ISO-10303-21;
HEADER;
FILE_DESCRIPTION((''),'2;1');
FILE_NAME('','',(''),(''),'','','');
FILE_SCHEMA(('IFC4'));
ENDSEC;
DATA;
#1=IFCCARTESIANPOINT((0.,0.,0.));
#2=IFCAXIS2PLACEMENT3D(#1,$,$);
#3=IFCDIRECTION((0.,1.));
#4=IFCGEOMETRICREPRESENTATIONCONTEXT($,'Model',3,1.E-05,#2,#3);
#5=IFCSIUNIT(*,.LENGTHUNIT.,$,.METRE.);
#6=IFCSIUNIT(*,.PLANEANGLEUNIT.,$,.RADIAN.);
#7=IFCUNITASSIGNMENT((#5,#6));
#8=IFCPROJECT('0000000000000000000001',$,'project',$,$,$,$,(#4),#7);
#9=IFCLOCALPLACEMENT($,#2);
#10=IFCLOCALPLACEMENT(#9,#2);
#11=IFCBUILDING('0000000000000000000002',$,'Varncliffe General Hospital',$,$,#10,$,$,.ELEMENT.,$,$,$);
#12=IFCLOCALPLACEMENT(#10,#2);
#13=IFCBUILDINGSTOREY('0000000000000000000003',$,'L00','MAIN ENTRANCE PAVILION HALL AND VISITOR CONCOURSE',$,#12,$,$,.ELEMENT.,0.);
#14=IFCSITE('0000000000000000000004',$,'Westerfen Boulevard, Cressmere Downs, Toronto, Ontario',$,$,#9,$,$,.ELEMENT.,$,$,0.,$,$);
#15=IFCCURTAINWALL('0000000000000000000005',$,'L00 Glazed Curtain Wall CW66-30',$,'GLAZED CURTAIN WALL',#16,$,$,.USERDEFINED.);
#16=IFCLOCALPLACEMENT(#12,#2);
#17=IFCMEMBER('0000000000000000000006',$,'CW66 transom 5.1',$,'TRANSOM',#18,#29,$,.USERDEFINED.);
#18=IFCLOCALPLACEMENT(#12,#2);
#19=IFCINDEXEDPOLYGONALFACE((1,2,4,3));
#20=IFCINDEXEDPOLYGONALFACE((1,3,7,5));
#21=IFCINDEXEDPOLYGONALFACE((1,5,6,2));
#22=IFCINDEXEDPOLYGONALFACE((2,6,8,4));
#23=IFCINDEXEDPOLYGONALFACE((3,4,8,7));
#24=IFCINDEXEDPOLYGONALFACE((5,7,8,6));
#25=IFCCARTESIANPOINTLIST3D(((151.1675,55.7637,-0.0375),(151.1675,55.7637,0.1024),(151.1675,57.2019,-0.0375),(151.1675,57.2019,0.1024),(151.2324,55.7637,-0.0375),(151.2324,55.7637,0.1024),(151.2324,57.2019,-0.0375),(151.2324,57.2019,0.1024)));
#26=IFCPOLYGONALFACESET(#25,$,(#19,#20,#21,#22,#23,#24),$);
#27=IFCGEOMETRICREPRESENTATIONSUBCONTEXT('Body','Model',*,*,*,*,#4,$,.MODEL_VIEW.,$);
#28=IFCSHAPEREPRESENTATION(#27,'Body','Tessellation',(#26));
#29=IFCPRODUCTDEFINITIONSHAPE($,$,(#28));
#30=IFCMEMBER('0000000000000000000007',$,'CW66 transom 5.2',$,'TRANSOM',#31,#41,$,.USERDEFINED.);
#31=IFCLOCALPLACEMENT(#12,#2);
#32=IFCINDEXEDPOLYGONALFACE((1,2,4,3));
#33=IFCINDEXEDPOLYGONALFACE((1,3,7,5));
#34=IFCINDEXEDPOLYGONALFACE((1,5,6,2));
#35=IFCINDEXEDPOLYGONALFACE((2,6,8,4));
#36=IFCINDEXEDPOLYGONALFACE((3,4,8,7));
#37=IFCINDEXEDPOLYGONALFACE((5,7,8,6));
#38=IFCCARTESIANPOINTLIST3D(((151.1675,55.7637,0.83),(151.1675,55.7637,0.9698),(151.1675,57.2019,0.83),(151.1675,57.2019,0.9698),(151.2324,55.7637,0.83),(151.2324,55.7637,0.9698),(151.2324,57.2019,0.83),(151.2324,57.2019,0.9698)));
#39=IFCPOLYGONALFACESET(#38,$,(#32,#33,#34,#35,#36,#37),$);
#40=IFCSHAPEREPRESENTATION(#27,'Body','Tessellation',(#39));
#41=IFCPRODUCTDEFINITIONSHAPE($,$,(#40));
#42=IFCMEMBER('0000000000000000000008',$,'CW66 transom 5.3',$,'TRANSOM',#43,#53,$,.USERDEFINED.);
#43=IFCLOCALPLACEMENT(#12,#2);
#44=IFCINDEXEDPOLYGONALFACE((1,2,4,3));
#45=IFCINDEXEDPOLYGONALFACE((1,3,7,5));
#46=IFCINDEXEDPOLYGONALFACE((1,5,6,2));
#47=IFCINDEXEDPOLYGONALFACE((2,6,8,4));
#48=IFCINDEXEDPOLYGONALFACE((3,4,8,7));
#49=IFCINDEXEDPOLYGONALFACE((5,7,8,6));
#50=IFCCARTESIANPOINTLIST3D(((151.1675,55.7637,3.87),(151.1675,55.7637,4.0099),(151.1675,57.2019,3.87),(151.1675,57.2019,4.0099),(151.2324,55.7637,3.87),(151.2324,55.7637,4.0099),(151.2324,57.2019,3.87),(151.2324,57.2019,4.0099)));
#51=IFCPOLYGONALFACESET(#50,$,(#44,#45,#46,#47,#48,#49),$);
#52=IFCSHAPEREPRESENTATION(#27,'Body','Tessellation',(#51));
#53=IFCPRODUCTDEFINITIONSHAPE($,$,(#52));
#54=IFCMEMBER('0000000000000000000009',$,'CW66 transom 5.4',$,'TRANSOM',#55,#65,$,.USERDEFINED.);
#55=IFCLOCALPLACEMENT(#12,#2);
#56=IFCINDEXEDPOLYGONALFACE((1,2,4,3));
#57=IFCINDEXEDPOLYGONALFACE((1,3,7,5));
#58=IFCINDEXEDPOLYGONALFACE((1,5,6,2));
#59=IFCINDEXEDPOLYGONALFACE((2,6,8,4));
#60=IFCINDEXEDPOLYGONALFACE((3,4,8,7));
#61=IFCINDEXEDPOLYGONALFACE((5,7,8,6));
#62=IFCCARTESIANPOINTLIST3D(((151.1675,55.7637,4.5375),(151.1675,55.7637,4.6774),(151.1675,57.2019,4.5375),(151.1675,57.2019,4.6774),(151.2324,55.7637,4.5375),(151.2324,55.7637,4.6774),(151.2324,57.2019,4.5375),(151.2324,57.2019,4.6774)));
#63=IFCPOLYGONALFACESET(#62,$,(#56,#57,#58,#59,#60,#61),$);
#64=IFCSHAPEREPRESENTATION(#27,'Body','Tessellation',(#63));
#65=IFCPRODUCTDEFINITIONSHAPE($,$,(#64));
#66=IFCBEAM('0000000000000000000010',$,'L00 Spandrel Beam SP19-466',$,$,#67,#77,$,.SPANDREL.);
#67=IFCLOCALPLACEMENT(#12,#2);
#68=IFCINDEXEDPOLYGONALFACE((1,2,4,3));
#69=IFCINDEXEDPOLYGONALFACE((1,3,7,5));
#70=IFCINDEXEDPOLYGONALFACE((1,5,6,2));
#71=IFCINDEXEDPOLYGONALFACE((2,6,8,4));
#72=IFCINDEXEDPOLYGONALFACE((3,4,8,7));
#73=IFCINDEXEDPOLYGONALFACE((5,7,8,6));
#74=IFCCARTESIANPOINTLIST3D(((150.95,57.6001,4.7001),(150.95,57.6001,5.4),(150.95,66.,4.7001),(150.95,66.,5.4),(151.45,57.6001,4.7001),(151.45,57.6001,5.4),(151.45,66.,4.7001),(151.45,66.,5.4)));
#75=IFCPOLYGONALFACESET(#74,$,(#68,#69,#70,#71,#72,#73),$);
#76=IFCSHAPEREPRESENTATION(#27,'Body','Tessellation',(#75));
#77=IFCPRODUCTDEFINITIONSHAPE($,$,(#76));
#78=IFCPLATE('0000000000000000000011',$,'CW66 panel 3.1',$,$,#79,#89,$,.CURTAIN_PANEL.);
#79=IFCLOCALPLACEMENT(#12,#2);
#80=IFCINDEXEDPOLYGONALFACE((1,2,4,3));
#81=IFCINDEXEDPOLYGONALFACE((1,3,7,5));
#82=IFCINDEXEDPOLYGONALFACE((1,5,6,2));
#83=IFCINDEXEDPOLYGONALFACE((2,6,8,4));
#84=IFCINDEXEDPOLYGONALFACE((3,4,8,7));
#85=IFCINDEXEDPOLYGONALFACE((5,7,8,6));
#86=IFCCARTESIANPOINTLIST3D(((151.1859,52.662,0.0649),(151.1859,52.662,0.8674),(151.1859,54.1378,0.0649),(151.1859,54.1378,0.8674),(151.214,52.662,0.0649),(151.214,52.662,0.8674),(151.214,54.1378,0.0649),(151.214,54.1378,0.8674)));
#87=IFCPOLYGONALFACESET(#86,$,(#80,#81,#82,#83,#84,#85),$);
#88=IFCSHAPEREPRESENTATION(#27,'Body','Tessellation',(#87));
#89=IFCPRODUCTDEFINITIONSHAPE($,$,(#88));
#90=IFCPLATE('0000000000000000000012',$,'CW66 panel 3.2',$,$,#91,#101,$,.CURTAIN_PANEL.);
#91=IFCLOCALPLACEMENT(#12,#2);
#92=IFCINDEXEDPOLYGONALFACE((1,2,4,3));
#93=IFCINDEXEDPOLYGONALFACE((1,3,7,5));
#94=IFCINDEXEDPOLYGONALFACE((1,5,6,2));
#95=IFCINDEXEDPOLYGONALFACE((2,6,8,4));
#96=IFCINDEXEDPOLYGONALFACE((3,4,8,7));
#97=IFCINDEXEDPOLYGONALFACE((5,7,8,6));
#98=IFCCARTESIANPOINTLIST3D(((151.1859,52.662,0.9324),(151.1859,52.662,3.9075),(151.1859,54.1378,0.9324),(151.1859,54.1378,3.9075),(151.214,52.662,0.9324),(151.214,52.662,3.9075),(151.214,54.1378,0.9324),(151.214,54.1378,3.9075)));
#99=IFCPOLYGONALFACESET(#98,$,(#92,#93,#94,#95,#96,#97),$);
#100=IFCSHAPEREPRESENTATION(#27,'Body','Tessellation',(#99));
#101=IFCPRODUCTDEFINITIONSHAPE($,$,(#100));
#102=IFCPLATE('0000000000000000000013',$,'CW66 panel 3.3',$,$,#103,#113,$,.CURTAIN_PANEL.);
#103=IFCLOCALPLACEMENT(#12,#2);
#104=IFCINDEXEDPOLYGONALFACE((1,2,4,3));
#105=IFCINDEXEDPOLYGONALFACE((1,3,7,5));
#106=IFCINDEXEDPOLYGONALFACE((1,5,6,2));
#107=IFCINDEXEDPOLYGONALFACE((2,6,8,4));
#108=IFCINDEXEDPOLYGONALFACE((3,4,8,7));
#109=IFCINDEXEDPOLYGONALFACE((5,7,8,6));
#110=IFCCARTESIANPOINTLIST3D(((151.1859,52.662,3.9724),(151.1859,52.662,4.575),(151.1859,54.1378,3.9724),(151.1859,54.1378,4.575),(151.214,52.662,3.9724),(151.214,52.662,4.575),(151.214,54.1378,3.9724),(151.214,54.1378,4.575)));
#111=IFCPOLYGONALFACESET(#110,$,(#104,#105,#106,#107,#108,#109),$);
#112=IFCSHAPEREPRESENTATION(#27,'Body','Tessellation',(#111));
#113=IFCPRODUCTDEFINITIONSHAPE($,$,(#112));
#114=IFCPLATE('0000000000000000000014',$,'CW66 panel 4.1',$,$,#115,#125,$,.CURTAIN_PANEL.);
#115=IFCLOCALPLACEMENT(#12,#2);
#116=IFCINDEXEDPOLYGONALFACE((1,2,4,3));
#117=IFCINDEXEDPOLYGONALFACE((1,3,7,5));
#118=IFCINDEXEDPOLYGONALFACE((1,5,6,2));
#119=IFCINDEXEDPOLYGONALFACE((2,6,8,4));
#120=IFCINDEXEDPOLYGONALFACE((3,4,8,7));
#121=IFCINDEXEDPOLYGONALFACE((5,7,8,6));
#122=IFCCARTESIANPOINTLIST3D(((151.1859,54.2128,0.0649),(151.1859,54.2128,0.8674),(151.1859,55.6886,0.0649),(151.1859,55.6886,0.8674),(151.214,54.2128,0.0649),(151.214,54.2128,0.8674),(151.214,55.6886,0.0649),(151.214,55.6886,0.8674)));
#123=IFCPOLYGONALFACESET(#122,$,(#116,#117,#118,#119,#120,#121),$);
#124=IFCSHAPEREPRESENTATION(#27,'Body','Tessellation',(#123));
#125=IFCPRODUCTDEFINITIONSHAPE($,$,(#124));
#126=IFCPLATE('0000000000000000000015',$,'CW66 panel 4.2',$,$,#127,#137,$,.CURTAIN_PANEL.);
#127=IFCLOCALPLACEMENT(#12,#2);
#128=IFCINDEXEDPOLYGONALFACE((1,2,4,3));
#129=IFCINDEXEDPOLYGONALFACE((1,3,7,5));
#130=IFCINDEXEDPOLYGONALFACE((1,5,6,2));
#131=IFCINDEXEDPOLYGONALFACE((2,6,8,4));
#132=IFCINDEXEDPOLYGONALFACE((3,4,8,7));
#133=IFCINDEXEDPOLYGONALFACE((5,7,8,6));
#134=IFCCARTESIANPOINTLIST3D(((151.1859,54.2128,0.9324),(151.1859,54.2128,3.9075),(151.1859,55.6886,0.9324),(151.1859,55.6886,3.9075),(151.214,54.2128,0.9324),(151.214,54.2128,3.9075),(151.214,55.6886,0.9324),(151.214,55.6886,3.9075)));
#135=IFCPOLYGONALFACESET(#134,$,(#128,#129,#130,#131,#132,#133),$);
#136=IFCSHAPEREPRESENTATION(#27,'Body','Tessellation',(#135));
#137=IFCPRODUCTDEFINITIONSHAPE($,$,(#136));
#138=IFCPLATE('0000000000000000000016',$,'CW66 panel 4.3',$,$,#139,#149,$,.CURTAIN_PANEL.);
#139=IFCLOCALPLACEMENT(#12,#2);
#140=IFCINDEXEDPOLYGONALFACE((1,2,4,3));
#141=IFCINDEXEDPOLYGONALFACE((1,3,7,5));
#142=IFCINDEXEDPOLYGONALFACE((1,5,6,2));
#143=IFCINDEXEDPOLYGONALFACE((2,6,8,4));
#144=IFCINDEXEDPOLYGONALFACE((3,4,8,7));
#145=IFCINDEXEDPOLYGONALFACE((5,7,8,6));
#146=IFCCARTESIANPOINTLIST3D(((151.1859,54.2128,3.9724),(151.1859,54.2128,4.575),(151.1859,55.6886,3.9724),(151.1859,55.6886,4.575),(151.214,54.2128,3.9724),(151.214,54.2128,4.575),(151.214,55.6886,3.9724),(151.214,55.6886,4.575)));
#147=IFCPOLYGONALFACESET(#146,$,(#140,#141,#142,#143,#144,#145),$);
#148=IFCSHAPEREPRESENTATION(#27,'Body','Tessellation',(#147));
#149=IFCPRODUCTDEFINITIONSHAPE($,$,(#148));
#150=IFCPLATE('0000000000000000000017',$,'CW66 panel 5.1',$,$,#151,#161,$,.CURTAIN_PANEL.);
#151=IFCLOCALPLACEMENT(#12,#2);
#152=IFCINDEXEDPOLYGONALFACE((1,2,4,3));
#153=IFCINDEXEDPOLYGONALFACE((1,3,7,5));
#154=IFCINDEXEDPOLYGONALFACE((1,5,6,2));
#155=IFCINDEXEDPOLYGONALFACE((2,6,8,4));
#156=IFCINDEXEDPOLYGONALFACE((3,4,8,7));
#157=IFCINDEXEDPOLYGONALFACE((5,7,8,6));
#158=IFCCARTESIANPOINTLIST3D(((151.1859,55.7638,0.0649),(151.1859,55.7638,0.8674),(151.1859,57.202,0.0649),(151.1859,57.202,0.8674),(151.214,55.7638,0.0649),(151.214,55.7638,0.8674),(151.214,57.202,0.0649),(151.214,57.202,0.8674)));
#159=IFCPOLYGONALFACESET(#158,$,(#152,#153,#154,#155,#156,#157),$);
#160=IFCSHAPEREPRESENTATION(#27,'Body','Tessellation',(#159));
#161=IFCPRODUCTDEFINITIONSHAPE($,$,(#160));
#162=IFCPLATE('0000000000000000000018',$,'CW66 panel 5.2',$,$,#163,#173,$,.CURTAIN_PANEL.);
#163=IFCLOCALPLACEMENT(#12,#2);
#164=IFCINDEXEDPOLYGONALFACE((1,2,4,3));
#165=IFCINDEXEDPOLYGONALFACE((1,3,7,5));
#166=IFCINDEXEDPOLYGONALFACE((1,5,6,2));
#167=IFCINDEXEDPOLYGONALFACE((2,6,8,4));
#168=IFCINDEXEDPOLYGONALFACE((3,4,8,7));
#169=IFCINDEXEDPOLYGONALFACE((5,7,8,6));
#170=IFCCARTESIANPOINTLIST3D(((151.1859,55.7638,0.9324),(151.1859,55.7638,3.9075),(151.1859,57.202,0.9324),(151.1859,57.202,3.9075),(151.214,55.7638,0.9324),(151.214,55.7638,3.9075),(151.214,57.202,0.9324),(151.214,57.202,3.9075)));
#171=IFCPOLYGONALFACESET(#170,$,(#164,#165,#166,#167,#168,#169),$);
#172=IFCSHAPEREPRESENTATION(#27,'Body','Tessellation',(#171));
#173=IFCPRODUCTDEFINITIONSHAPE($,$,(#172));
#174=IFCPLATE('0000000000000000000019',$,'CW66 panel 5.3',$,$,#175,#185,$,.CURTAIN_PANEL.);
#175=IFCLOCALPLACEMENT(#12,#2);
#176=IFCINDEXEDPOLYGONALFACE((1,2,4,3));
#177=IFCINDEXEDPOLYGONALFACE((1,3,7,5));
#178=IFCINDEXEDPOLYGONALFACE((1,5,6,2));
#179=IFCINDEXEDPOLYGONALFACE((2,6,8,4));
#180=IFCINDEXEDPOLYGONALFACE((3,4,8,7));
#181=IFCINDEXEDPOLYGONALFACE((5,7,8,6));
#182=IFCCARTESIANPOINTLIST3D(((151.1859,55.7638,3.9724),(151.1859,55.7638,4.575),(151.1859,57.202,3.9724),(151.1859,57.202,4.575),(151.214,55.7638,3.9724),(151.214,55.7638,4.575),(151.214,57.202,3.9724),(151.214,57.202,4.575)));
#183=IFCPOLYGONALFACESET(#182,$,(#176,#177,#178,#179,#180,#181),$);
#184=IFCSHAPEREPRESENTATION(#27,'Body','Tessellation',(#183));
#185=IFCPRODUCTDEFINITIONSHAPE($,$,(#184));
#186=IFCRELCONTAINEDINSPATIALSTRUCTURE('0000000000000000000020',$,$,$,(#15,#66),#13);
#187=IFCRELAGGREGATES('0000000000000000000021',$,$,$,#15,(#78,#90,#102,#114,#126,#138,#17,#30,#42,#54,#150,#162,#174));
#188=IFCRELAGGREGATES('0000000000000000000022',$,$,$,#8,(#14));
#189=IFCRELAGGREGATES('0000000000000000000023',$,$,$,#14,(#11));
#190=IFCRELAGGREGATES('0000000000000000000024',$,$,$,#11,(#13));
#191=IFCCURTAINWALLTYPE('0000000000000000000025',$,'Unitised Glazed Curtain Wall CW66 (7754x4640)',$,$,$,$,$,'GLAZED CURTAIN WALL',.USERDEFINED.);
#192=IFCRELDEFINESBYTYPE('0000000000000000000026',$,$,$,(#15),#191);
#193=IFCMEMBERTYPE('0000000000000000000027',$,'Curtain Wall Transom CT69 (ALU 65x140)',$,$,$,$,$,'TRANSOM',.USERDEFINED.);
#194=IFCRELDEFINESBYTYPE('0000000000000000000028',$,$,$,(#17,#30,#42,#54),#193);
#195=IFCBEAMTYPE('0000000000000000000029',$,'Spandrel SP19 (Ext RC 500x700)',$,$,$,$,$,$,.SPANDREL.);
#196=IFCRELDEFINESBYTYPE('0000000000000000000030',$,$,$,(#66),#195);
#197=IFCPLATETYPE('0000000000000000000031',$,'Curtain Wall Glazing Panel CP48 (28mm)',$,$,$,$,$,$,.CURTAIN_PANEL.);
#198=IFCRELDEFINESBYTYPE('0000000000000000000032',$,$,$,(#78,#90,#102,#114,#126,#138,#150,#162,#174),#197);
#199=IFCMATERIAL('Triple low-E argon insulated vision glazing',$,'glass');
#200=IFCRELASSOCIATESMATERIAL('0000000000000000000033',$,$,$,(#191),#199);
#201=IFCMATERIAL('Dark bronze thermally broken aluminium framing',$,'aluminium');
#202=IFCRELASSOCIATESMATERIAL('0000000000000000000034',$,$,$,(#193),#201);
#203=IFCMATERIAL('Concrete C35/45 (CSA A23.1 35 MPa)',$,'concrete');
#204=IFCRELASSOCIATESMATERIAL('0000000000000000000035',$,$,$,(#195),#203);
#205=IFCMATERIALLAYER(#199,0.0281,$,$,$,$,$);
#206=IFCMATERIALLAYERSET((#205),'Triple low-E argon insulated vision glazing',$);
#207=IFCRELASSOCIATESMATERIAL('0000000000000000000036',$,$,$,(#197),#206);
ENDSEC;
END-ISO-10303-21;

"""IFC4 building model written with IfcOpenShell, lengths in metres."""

from ifc_helpers import new_model, si_unit, direction, frame, origin, origin_2d, place, context, subcontext, project, spatial, rectangle, extrude, material, layer, layer_set, material_profile, profile_set, type_object, element, aggregate, save


model = new_model("IFC4")

# Units and contexts
model_context = context("Model", 3, precision=1e-05, world=origin(), true_north=direction((0.0, 1.0)))
body_context = subcontext(model_context, "Body", "Model", "MODEL_VIEW")
ifc_project = project(units=[si_unit("LENGTHUNIT", "METRE"), si_unit("PLANEANGLEUNIT", "RADIAN")], contexts=[model_context])

# Site, building, storey
site_placement = place(None, origin())
site = spatial("IfcSite", under=ifc_project, at=site_placement, Name="Westerfen Boulevard, Cressmere Downs, Toronto, Ontario", CompositionType="ELEMENT", RefElevation=0.0)
building_placement = place(site_placement, origin())
building = spatial("IfcBuilding", under=site, at=building_placement, Name="Varncliffe General Hospital", CompositionType="ELEMENT")
storey_placement = place(building_placement, origin())
storey = spatial("IfcBuildingStorey", under=building, at=storey_placement, Name="L00", Description="MAIN ENTRANCE PAVILION HALL AND VISITOR CONCOURSE", CompositionType="ELEMENT", Elevation=0.0)

# Shared definitions
ifc_material_1 = material(Name="Concrete C35/45 (CSA A23.1 35 MPa)", Category="concrete")

# Curtain wall, members
ifc_material_2 = material(Name="Triple low-E argon insulated vision glazing", Category="glass")
curtain_wall_type = type_object("IfcCurtainWallType", Name="Unitised Glazed Curtain Wall CW66 (7754x4640)", ElementType="GLAZED CURTAIN WALL", PredefinedType="USERDEFINED", material=ifc_material_2)
curtain_wall_placement = place(storey_placement, origin())
curtain_wall = element("IfcCurtainWall", 1, at=curtain_wall_placement, inside=storey, type_object=curtain_wall_type, Name="L00 Glazed Curtain Wall CW66-30", ObjectType="GLAZED CURTAIN WALL", PredefinedType="USERDEFINED")
ifc_material_3 = material(Name="Dark bronze thermally broken aluminium framing", Category="aluminium")
ifc_material_profile_1 = material_profile(ifc_material_3, rectangle(XDim=0.0649, YDim=0.1399, at=origin_2d()), Name="ALU 65x140")
ifc_profile_set_1 = profile_set([ifc_material_profile_1], Name="Dark bronze thermally broken aluminium framing")
member_type_1 = type_object("IfcMemberType", Name="Curtain Wall Transom CT69 (ALU 65x140)", ElementType="TRANSOM", PredefinedType="USERDEFINED", material=ifc_profile_set_1)
member_1_placement = place(storey_placement, frame((151.2, 55.7637, 0.0325), z_axis=(0.0, 1.0, 0.0), x_axis=(-1.0, 0.0, 0.0)))
member_1 = element("IfcMember", 2, at=member_1_placement, type_object=member_type_1, Name="CW66 transom 5.1", ObjectType="TRANSOM", PredefinedType="USERDEFINED", context=body_context, shape_type="SweptSolid", body=[
    extrude(rectangle(XDim=0.0649, YDim=0.1399, at=origin_2d()), origin(), (0.0, 0.0, 1.0), 1.4382),
])
member_2_placement = place(storey_placement, frame((151.2, 55.7637, 0.8999), z_axis=(0.0, 1.0, 0.0), x_axis=(-1.0, 0.0, 0.0)))
member_2 = element("IfcMember", 3, at=member_2_placement, type_object=member_type_1, Name="CW66 transom 5.2", ObjectType="TRANSOM", PredefinedType="USERDEFINED", context=body_context, shape_type="SweptSolid", body=[
    extrude(rectangle(XDim=0.0649, YDim=0.1399, at=origin_2d()), origin(), (0.0, 0.0, 1.0), 1.4382),
])
member_3_placement = place(storey_placement, frame((151.2, 55.7637, 3.9399), z_axis=(0.0, 1.0, 0.0), x_axis=(-1.0, 0.0, 0.0)))
member_3 = element("IfcMember", 4, at=member_3_placement, type_object=member_type_1, Name="CW66 transom 5.3", ObjectType="TRANSOM", PredefinedType="USERDEFINED", context=body_context, shape_type="SweptSolid", body=[
    extrude(rectangle(XDim=0.0649, YDim=0.1399, at=origin_2d()), origin(), (0.0, 0.0, 1.0), 1.4382),
])
member_4_placement = place(storey_placement, frame((151.2, 55.7637, 4.6074), z_axis=(0.0, 1.0, 0.0), x_axis=(-1.0, 0.0, 0.0)))
member_4 = element("IfcMember", 5, at=member_4_placement, type_object=member_type_1, Name="CW66 transom 5.4", ObjectType="TRANSOM", PredefinedType="USERDEFINED", context=body_context, shape_type="SweptSolid", body=[
    extrude(rectangle(XDim=0.0649, YDim=0.1399, at=origin_2d()), origin(), (0.0, 0.0, 1.0), 1.4382),
])

# Beam
ifc_material_profile_2 = material_profile(ifc_material_1, rectangle(XDim=0.5, YDim=0.7, at=origin_2d()), Name="RC 500x700")
ifc_profile_set_2 = profile_set([ifc_material_profile_2], Name="Concrete C35/45 (CSA A23.1 35 MPa)")
beam_type_1 = type_object("IfcBeamType", Name="Spandrel SP19 (Ext RC 500x700)", PredefinedType="SPANDREL", material=ifc_profile_set_2)
beam_1_placement = place(storey_placement, frame((151.2, 57.6001, 5.05), z_axis=(0.0, 1.0, 0.0), x_axis=(-1.0, 0.0, 0.0)))
element("IfcBeam", 6, at=beam_1_placement, inside=storey, type_object=beam_type_1, Name="L00 Spandrel Beam SP19-466", PredefinedType="SPANDREL", context=body_context, shape_type="SweptSolid", body=[
    extrude(rectangle(XDim=0.5, YDim=0.7, at=origin_2d()), origin(), (0.0, 0.0, 1.0), 8.3999),
])

# Plates
ifc_layer = layer(ifc_material_2, 0.0281)
ifc_layer_set = layer_set([ifc_layer], Name="Triple low-E argon insulated vision glazing")
plate_type = type_object("IfcPlateType", Name="Curtain Wall Glazing Panel CP48 (28mm)", PredefinedType="CURTAIN_PANEL", material=ifc_layer_set)
plate_1_placement = place(storey_placement, frame((151.2, 53.3999, 0.0649), z_axis=(0.0, 0.0, 1.0), x_axis=(0.0, 1.0, 0.0)))
plate_1 = element("IfcPlate", 7, at=plate_1_placement, type_object=plate_type, Name="CW66 panel 3.1", PredefinedType="CURTAIN_PANEL", context=body_context, shape_type="SweptSolid", body=[
    extrude(rectangle(XDim=1.4758, YDim=0.0281, at=origin_2d()), origin(), (0.0, 0.0, 1.0), 0.8025),
])
plate_2_placement = place(storey_placement, frame((151.2, 53.3999, 0.9324), z_axis=(0.0, 0.0, 1.0), x_axis=(0.0, 1.0, 0.0)))
plate_2 = element("IfcPlate", 8, at=plate_2_placement, type_object=plate_type, Name="CW66 panel 3.2", PredefinedType="CURTAIN_PANEL", context=body_context, shape_type="SweptSolid", body=[
    extrude(rectangle(XDim=1.4758, YDim=0.0281, at=origin_2d()), origin(), (0.0, 0.0, 1.0), 2.9751),
])
plate_3_placement = place(storey_placement, frame((151.2, 53.3999, 3.9724), z_axis=(0.0, 0.0, 1.0), x_axis=(0.0, 1.0, 0.0)))
plate_3 = element("IfcPlate", 9, at=plate_3_placement, type_object=plate_type, Name="CW66 panel 3.3", PredefinedType="CURTAIN_PANEL", context=body_context, shape_type="SweptSolid", body=[
    extrude(rectangle(XDim=1.4758, YDim=0.0281, at=origin_2d()), origin(), (0.0, 0.0, 1.0), 0.6025),
])
plate_4_placement = place(storey_placement, frame((151.2, 54.9507, 0.0649), z_axis=(0.0, 0.0, 1.0), x_axis=(0.0, 1.0, 0.0)))
plate_4 = element("IfcPlate", 10, at=plate_4_placement, type_object=plate_type, Name="CW66 panel 4.1", PredefinedType="CURTAIN_PANEL", context=body_context, shape_type="SweptSolid", body=[
    extrude(rectangle(XDim=1.4758, YDim=0.0281, at=origin_2d()), origin(), (0.0, 0.0, 1.0), 0.8025),
])
plate_5_placement = place(storey_placement, frame((151.2, 54.9507, 0.9324), z_axis=(0.0, 0.0, 1.0), x_axis=(0.0, 1.0, 0.0)))
plate_5 = element("IfcPlate", 11, at=plate_5_placement, type_object=plate_type, Name="CW66 panel 4.2", PredefinedType="CURTAIN_PANEL", context=body_context, shape_type="SweptSolid", body=[
    extrude(rectangle(XDim=1.4758, YDim=0.0281, at=origin_2d()), origin(), (0.0, 0.0, 1.0), 2.9751),
])
plate_6_placement = place(storey_placement, frame((151.2, 54.9507, 3.9724), z_axis=(0.0, 0.0, 1.0), x_axis=(0.0, 1.0, 0.0)))
plate_6 = element("IfcPlate", 12, at=plate_6_placement, type_object=plate_type, Name="CW66 panel 4.3", PredefinedType="CURTAIN_PANEL", context=body_context, shape_type="SweptSolid", body=[
    extrude(rectangle(XDim=1.4758, YDim=0.0281, at=origin_2d()), origin(), (0.0, 0.0, 1.0), 0.6025),
])
plate_7_placement = place(storey_placement, frame((151.2, 56.4829, 0.0649), z_axis=(0.0, 0.0, 1.0), x_axis=(0.0, 1.0, 0.0)))
plate_7 = element("IfcPlate", 13, at=plate_7_placement, type_object=plate_type, Name="CW66 panel 5.1", PredefinedType="CURTAIN_PANEL", context=body_context, shape_type="SweptSolid", body=[
    extrude(rectangle(XDim=1.4382, YDim=0.0281, at=origin_2d()), origin(), (0.0, 0.0, 1.0), 0.8025),
])
plate_8_placement = place(storey_placement, frame((151.2, 56.4829, 0.9324), z_axis=(0.0, 0.0, 1.0), x_axis=(0.0, 1.0, 0.0)))
plate_8 = element("IfcPlate", 14, at=plate_8_placement, type_object=plate_type, Name="CW66 panel 5.2", PredefinedType="CURTAIN_PANEL", context=body_context, shape_type="SweptSolid", body=[
    extrude(rectangle(XDim=1.4382, YDim=0.0281, at=origin_2d()), origin(), (0.0, 0.0, 1.0), 2.9751),
])
plate_9_placement = place(storey_placement, frame((151.2, 56.4829, 3.9724), z_axis=(0.0, 0.0, 1.0), x_axis=(0.0, 1.0, 0.0)))
plate_9 = element("IfcPlate", 15, at=plate_9_placement, type_object=plate_type, Name="CW66 panel 5.3", PredefinedType="CURTAIN_PANEL", context=body_context, shape_type="SweptSolid", body=[
    extrude(rectangle(XDim=1.4382, YDim=0.0281, at=origin_2d()), origin(), (0.0, 0.0, 1.0), 0.6025),
])
aggregate(curtain_wall, [plate_1, plate_2, plate_3, plate_4, plate_5, plate_6, member_1, member_2, member_3, member_4, plate_7, plate_8, plate_9])

save(model, "model.ifc")
